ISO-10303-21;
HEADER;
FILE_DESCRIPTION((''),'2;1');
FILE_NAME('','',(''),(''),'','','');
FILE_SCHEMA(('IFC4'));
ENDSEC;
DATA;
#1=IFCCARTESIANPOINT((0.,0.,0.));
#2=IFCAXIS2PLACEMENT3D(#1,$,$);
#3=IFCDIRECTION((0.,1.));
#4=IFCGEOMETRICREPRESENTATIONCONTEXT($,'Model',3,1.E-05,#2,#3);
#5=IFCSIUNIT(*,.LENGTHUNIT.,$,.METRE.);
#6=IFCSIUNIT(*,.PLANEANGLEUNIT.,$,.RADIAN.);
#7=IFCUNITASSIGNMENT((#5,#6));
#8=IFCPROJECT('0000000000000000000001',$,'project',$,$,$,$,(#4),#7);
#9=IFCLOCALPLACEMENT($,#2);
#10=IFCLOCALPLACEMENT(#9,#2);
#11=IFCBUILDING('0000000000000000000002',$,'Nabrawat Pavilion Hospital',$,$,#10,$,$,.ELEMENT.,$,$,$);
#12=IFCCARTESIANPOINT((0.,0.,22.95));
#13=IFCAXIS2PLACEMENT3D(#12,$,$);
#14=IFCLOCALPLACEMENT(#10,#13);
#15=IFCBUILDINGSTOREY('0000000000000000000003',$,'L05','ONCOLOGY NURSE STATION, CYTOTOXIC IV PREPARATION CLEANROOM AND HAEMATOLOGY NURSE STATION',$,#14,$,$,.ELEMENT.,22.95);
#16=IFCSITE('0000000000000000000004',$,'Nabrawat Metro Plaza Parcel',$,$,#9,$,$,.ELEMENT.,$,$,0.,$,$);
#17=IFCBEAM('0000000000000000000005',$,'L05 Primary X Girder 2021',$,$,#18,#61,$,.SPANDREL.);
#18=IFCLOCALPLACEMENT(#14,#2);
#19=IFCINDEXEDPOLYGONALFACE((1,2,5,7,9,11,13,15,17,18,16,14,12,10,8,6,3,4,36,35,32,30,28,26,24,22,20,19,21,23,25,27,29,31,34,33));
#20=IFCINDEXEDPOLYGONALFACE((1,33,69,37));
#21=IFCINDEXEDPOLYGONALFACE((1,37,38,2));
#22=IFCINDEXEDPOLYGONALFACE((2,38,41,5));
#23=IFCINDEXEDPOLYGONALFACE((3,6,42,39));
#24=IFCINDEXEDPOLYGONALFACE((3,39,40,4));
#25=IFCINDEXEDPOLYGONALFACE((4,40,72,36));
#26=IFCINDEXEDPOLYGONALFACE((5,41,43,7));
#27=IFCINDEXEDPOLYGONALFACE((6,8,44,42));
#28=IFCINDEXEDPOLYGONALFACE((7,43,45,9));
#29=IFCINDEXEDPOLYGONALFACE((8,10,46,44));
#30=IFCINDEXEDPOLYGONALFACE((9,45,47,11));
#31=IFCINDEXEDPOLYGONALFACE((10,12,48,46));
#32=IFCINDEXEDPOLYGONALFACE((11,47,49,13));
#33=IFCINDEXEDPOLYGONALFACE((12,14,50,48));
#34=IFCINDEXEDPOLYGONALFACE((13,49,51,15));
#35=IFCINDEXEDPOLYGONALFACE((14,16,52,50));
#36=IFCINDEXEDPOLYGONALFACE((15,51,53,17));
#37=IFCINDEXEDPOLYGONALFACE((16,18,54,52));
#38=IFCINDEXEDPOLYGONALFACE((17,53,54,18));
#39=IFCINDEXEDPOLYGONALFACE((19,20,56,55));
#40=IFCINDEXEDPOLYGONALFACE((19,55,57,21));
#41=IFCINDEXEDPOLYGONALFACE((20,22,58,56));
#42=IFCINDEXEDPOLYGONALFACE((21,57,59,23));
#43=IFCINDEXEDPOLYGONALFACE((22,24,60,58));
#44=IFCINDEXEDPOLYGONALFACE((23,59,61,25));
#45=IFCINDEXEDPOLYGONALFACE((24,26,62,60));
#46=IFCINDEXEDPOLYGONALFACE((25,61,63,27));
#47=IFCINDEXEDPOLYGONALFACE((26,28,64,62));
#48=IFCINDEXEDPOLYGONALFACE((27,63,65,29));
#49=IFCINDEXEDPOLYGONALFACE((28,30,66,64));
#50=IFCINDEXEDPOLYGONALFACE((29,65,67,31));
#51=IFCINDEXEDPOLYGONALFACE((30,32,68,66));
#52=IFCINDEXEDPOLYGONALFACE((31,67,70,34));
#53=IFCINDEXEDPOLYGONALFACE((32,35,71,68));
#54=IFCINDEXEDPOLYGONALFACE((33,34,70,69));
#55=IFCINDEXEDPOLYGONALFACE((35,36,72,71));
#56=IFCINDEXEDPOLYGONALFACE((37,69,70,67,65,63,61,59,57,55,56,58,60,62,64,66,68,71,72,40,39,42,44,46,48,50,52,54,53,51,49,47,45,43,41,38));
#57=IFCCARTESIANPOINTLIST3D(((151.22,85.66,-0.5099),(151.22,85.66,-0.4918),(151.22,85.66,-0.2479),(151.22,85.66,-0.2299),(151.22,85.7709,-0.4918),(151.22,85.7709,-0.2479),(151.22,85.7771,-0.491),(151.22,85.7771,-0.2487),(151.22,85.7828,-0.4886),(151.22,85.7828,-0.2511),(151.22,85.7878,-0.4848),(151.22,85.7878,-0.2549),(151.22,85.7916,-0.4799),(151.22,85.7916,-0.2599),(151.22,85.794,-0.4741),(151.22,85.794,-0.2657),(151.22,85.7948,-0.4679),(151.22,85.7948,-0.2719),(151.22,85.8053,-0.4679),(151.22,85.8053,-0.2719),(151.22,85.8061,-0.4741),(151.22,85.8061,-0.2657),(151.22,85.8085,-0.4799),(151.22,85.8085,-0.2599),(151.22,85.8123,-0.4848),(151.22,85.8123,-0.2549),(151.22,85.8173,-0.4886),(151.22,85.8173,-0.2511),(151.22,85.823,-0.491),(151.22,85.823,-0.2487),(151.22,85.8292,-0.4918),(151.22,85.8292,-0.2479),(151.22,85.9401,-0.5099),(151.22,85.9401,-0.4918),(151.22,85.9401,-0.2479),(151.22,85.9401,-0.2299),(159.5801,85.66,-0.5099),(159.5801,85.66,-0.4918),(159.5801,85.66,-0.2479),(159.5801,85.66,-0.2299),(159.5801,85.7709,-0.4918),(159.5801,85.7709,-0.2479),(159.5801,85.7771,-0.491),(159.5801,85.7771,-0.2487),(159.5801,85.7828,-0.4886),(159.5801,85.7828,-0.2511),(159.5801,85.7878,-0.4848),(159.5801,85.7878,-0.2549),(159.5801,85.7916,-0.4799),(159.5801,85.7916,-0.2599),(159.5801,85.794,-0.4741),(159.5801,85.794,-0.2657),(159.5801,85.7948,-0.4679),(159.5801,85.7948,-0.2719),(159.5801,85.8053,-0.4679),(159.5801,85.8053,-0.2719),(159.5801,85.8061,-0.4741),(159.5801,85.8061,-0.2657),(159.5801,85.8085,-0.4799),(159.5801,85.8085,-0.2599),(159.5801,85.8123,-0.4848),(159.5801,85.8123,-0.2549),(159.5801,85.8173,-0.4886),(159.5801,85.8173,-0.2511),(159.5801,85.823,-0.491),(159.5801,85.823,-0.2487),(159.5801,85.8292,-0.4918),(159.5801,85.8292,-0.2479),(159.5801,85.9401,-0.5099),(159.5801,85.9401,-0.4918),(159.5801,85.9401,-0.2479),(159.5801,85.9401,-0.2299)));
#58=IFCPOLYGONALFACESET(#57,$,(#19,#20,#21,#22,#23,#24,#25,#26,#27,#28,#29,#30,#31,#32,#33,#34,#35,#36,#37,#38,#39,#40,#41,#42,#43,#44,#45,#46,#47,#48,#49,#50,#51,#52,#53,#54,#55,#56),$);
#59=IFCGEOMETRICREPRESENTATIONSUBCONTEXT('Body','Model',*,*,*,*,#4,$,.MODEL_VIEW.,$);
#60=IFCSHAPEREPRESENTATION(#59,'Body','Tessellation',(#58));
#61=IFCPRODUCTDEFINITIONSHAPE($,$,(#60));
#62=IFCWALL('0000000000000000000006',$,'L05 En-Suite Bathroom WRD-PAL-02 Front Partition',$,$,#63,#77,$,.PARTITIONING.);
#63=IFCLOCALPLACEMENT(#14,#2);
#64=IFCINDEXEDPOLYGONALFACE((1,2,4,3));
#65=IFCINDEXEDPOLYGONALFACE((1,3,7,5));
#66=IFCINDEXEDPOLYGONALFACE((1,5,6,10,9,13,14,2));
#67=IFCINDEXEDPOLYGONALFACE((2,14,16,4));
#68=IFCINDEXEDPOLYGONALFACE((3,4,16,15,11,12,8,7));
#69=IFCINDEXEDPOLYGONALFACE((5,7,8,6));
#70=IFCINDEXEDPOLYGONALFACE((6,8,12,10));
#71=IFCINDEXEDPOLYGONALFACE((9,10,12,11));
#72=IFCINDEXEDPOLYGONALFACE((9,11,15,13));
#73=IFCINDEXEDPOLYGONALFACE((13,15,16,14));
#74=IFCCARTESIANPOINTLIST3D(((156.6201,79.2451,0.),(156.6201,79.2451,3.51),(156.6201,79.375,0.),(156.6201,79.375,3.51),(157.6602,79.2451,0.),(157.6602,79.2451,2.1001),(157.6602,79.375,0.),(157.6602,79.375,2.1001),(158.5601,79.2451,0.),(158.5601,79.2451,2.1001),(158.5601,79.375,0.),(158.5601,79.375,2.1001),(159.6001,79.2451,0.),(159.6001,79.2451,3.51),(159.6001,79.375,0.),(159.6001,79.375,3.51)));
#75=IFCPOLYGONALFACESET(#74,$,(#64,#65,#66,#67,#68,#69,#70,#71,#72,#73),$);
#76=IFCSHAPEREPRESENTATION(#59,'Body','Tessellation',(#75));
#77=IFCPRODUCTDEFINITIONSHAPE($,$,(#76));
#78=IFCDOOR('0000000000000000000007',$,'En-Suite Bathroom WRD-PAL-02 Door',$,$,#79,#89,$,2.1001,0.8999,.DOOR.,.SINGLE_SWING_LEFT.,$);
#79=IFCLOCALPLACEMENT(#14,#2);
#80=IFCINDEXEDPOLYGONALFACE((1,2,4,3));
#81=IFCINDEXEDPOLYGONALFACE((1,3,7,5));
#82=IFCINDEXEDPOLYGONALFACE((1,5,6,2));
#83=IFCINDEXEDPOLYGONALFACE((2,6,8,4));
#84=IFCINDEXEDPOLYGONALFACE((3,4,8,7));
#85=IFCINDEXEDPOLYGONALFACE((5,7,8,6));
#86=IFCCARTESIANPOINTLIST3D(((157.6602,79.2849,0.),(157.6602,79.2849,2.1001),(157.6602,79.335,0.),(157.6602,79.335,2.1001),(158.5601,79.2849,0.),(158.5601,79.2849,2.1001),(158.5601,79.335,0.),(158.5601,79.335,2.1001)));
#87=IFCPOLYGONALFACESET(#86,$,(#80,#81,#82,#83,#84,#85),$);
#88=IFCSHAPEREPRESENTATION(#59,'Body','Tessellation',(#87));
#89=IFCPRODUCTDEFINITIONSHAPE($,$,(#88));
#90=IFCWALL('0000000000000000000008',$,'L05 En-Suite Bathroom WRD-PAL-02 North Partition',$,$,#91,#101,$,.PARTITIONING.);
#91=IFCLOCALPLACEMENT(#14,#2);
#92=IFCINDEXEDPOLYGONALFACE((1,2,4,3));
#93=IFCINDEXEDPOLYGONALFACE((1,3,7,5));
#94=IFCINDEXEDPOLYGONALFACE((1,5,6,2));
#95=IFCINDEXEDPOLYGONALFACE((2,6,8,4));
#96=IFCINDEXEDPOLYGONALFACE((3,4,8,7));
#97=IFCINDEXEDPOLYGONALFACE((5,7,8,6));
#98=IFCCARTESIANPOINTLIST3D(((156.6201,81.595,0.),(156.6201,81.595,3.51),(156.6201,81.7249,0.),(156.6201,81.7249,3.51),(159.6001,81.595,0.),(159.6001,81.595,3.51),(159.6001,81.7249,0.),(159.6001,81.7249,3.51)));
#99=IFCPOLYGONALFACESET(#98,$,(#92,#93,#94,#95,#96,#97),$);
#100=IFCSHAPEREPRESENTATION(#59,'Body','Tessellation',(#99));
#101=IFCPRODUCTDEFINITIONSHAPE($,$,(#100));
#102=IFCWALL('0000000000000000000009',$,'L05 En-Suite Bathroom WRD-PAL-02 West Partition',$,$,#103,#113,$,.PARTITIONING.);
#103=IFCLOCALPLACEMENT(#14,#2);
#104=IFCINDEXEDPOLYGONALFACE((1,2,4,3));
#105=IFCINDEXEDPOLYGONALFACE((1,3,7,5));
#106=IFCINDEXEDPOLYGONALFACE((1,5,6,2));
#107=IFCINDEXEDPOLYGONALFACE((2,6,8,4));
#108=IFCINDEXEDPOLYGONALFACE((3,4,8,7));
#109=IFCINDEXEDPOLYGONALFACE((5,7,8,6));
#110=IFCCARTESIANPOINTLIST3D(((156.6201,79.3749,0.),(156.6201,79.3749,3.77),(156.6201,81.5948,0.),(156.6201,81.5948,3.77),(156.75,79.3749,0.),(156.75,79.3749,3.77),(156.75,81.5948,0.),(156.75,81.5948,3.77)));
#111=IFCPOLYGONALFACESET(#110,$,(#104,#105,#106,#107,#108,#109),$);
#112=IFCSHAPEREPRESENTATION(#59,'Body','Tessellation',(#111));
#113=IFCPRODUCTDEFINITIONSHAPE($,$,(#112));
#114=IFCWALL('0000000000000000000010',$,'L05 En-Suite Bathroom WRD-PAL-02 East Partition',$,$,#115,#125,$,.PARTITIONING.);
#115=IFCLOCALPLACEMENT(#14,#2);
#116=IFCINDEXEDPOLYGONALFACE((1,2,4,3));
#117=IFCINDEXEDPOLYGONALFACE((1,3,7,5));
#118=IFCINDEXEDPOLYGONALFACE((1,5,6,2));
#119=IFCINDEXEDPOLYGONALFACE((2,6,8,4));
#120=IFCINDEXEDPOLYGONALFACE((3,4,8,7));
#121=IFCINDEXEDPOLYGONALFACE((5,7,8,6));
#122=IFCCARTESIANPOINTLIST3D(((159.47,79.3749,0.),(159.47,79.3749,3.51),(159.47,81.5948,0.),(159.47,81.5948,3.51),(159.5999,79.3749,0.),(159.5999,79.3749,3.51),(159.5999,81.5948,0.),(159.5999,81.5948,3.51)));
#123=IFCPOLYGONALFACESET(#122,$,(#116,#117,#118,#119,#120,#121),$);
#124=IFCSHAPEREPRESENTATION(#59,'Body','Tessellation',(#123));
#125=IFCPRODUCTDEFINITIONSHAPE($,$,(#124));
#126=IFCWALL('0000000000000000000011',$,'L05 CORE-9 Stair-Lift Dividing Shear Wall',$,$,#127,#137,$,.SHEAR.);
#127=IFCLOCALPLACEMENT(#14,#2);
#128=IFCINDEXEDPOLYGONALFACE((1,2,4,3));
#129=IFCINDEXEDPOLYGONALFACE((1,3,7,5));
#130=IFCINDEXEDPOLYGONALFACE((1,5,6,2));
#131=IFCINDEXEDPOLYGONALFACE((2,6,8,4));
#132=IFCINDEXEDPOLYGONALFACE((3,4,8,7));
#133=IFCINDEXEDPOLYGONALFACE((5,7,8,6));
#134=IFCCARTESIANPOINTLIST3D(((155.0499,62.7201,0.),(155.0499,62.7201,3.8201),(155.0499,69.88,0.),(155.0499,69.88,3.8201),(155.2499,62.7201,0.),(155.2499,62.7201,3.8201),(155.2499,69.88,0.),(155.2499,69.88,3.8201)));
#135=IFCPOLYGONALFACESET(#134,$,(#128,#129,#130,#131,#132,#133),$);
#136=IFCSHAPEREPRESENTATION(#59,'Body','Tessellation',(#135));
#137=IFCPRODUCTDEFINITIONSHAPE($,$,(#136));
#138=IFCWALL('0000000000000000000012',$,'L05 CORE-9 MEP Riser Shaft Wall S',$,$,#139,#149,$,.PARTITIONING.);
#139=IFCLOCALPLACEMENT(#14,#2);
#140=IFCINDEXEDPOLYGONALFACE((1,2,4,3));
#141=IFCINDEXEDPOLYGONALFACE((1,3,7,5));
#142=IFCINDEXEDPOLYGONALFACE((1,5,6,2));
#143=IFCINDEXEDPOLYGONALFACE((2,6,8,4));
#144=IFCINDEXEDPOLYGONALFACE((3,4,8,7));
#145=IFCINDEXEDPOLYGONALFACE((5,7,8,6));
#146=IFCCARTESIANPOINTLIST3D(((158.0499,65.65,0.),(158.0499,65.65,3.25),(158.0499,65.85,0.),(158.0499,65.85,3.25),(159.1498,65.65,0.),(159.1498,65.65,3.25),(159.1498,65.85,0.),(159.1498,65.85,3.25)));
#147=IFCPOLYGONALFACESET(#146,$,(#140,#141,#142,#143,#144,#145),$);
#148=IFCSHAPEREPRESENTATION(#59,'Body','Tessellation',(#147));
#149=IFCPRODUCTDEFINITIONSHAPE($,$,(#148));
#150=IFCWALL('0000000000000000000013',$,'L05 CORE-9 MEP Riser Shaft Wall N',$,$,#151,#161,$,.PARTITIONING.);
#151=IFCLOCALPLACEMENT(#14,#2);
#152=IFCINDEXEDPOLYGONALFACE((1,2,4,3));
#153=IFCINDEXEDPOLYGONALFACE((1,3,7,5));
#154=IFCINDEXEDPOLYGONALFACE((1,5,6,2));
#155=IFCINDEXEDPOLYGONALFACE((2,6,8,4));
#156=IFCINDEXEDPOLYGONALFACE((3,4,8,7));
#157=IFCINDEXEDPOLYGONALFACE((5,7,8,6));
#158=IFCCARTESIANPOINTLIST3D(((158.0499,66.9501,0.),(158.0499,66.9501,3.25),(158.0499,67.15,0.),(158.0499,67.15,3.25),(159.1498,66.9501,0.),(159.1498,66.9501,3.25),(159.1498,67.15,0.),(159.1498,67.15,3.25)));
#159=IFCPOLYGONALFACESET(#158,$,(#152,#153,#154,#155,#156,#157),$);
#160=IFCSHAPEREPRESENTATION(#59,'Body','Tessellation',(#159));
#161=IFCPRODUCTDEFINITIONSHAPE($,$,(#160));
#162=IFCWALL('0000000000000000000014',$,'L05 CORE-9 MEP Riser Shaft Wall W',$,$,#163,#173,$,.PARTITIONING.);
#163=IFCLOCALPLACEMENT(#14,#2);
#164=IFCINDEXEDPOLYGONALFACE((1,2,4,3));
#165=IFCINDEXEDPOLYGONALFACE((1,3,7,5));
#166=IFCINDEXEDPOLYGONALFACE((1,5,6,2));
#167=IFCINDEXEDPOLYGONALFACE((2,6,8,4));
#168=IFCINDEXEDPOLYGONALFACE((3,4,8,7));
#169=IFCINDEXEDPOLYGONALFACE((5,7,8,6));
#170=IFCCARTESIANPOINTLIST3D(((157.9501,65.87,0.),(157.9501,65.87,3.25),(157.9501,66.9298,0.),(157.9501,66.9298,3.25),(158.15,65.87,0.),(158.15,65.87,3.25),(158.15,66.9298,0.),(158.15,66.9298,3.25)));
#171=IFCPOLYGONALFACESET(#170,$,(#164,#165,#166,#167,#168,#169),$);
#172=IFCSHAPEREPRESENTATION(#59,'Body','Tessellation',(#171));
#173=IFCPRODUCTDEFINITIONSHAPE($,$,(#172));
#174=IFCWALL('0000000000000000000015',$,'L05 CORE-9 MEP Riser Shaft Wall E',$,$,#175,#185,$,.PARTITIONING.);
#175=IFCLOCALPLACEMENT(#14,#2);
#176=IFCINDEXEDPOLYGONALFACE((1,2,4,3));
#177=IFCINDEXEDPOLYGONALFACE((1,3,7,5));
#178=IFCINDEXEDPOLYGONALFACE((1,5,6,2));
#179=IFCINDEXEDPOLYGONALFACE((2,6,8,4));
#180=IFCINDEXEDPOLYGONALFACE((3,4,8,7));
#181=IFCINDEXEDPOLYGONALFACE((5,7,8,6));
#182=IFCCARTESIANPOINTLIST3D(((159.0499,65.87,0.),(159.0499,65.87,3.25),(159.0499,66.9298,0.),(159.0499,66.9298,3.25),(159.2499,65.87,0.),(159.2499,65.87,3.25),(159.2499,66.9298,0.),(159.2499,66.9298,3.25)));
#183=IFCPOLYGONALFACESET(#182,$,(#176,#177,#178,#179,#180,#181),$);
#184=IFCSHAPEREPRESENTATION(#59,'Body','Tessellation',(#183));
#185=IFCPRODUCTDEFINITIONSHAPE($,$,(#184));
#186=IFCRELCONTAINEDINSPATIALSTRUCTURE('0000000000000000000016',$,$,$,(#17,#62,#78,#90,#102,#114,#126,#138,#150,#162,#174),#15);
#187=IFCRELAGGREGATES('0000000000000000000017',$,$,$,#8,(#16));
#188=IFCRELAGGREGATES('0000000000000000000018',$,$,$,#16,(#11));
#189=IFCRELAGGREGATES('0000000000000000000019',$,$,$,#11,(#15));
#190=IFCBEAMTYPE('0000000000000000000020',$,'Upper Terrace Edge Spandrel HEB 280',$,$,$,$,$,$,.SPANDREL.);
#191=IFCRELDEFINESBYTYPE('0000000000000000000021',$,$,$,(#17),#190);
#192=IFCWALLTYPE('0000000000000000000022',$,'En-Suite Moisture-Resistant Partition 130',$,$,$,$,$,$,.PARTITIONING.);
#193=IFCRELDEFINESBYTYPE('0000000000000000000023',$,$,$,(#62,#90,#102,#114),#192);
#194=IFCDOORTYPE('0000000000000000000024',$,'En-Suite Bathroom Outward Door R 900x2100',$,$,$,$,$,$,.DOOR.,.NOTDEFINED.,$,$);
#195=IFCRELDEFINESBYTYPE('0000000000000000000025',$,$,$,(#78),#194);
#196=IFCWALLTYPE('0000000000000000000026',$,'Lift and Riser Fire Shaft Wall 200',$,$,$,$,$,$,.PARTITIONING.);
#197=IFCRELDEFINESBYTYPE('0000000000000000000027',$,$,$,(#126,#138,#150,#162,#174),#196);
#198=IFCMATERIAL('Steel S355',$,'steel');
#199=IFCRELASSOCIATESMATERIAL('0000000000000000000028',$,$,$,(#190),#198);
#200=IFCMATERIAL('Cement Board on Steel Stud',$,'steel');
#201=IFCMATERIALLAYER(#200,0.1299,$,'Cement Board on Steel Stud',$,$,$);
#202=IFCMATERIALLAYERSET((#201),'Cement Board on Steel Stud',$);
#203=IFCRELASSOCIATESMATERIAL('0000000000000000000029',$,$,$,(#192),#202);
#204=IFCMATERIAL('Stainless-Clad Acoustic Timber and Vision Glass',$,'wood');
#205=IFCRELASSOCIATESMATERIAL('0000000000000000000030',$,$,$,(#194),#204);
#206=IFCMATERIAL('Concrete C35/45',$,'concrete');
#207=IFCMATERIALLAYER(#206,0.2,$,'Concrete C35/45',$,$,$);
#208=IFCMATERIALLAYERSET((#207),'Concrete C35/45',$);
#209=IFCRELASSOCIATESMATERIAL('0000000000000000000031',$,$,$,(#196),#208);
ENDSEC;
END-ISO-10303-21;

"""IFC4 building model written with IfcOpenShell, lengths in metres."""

from ifc_helpers import new_model, si_unit, direction, frame, frame_2d, origin, origin_2d, place, context, subcontext, project, spatial, rectangle, i_section, extrude, material, layer, layer_set, material_profile, profile_set, type_object, element, fill, save


model = new_model("IFC4")

# Units and contexts
model_context = context("Model", 3, precision=1e-05, world=origin(), true_north=direction((0.0, 1.0)))
body_context = subcontext(model_context, "Body", "Model", "MODEL_VIEW")
ifc_project = project(units=[si_unit("LENGTHUNIT", "METRE"), si_unit("PLANEANGLEUNIT", "RADIAN")], contexts=[model_context])

# Site, building, storey
site_placement = place(None, origin())
site = spatial("IfcSite", under=ifc_project, at=site_placement, Name="Nabrawat Metro Plaza Parcel", CompositionType="ELEMENT", RefElevation=0.0)
building_placement = place(site_placement, origin())
building = spatial("IfcBuilding", under=site, at=building_placement, Name="Nabrawat Pavilion Hospital", CompositionType="ELEMENT")
storey_placement = place(building_placement, frame((0.0, 0.0, 22.95)))
storey = spatial("IfcBuildingStorey", under=building, at=storey_placement, Name="L05", Description="ONCOLOGY NURSE STATION, CYTOTOXIC IV PREPARATION CLEANROOM AND HAEMATOLOGY NURSE STATION", CompositionType="ELEMENT", Elevation=22.95)

# Beam
ifc_material_1 = material(Name="Steel S355", Category="steel")
ifc_material_profile_1 = material_profile(ifc_material_1, i_section(OverallWidth=0.28, OverallDepth=0.28, WebThickness=0.0105, FlangeThickness=0.0181, FilletRadius=0.0239, at=origin_2d()), Name="HEB 280")
ifc_profile_set_1 = profile_set([ifc_material_profile_1], Name="Steel S355")
beam_type_1 = type_object("IfcBeamType", Name="Upper Terrace Edge Spandrel HEB 280", PredefinedType="SPANDREL", material=ifc_profile_set_1)
beam_placement = place(storey_placement, frame((151.22, 85.8, -0.3699), z_axis=(1.0, 0.0, 0.0), x_axis=(0.0, 1.0, 0.0)))
element("IfcBeam", 1, at=beam_placement, inside=storey, type_object=beam_type_1, Name="L05 Primary X Girder 2021", PredefinedType="SPANDREL", context=body_context, shape_type="SweptSolid", body=[
    extrude(i_section(OverallWidth=0.28, OverallDepth=0.28, WebThickness=0.0105, FlangeThickness=0.0181, FilletRadius=0.0239, at=origin_2d()), origin(), (0.0, 0.0, 1.0), 8.3601),
])

# Wall, opening, door
ifc_material_2 = material(Name="Cement Board on Steel Stud", Category="steel")
ifc_layer_1 = layer(ifc_material_2, 0.1299, Name="Cement Board on Steel Stud")
ifc_layer_set_1 = layer_set([ifc_layer_1], Name="Cement Board on Steel Stud")
wall_type_1 = type_object("IfcWallType", Name="En-Suite Moisture-Resistant Partition 130", PredefinedType="PARTITIONING", material=ifc_layer_set_1)
wall_1_placement = place(storey_placement, frame((156.6201, 79.3101, 0.0), z_axis=(0.0, 0.0, 1.0), x_axis=(1.0, 0.0, 0.0)))
wall_1 = element("IfcWall", 2, at=wall_1_placement, inside=storey, type_object=wall_type_1, Name="L05 En-Suite Bathroom WRD-PAL-02 Front Partition", PredefinedType="PARTITIONING", context=body_context, shape_type="SweptSolid", body=[
    extrude(rectangle(XDim=2.98, YDim=0.1299, at=frame_2d((1.49, 0.0))), origin(), (0.0, 0.0, 1.0), 3.51),
])
opening_placement = place(wall_1_placement, frame((1.04, 0.0, 0.0)))
opening = element("IfcOpeningElement", 3, at=opening_placement, cuts=wall_1, PredefinedType="OPENING", context=body_context, shape_type="SweptSolid", body=[
    extrude(rectangle(XDim=0.8999, YDim=2.1001, at=frame_2d((0.45, 1.05))), frame((0.0, 0.075, 0.0), z_axis=(0.0, -1.0, 0.0), x_axis=(1.0, 0.0, 0.0)), (0.0, 0.0, 1.0), 0.1499),
])
ifc_material_3 = material(Name="Stainless-Clad Acoustic Timber and Vision Glass", Category="wood")
door_type = type_object("IfcDoorType", Name="En-Suite Bathroom Outward Door R 900x2100", OperationType="NOTDEFINED", PredefinedType="DOOR", material=ifc_material_3)
door_placement = place(opening_placement, origin())
door = element("IfcDoor", 4, at=door_placement, inside=storey, type_object=door_type, Name="En-Suite Bathroom WRD-PAL-02 Door", OperationType="SINGLE_SWING_LEFT", OverallHeight=2.1001, OverallWidth=0.8999, PredefinedType="DOOR", context=body_context, shape_type="SweptSolid", body=[
    extrude(rectangle(XDim=0.8999, YDim=2.1001, at=frame_2d((0.45, 1.05))), frame((0.0, 0.0249, 0.0), z_axis=(0.0, -1.0, 0.0), x_axis=(1.0, 0.0, 0.0)), (0.0, 0.0, 1.0), 0.05),
])
fill(opening, door)

# Walls
wall_2_placement = place(storey_placement, frame((156.6201, 81.6599, 0.0), z_axis=(0.0, 0.0, 1.0), x_axis=(1.0, 0.0, 0.0)))
element("IfcWall", 5, at=wall_2_placement, inside=storey, type_object=wall_type_1, Name="L05 En-Suite Bathroom WRD-PAL-02 North Partition", PredefinedType="PARTITIONING", context=body_context, shape_type="SweptSolid", body=[
    extrude(rectangle(XDim=2.98, YDim=0.1299, at=frame_2d((1.49, 0.0))), origin(), (0.0, 0.0, 1.0), 3.51),
])
wall_3_placement = place(storey_placement, frame((156.6851, 79.375, 0.0), z_axis=(0.0, 0.0, 1.0), x_axis=(0.0, 1.0, 0.0)))
element("IfcWall", 6, at=wall_3_placement, inside=storey, type_object=wall_type_1, Name="L05 En-Suite Bathroom WRD-PAL-02 West Partition", PredefinedType="PARTITIONING", context=body_context, shape_type="SweptSolid", body=[
    extrude(rectangle(XDim=2.22, YDim=0.1299, at=frame_2d((1.1099, 0.0))), origin(), (0.0, 0.0, 1.0), 3.77),
])
wall_4_placement = place(storey_placement, frame((159.5349, 79.375, 0.0), z_axis=(0.0, 0.0, 1.0), x_axis=(0.0, 1.0, 0.0)))
element("IfcWall", 7, at=wall_4_placement, inside=storey, type_object=wall_type_1, Name="L05 En-Suite Bathroom WRD-PAL-02 East Partition", PredefinedType="PARTITIONING", context=body_context, shape_type="SweptSolid", body=[
    extrude(rectangle(XDim=2.22, YDim=0.1299, at=frame_2d((1.1099, 0.0))), origin(), (0.0, 0.0, 1.0), 3.51),
])
ifc_material_4 = material(Name="Concrete C35/45", Category="concrete")
ifc_layer_2 = layer(ifc_material_4, 0.2, Name="Concrete C35/45")
ifc_layer_set_2 = layer_set([ifc_layer_2], Name="Concrete C35/45")
wall_type_2 = type_object("IfcWallType", Name="Lift and Riser Fire Shaft Wall 200", PredefinedType="PARTITIONING", material=ifc_layer_set_2)
wall_5_placement = place(storey_placement, frame((155.1499, 62.72, 0.0), z_axis=(0.0, 0.0, 1.0), x_axis=(0.0, 1.0, 0.0)))
element("IfcWall", 8, at=wall_5_placement, inside=storey, type_object=wall_type_2, Name="L05 CORE-9 Stair-Lift Dividing Shear Wall", PredefinedType="SHEAR", context=body_context, shape_type="SweptSolid", body=[
    extrude(rectangle(XDim=7.1599, YDim=0.2, at=frame_2d((3.5801, 0.0))), origin(), (0.0, 0.0, 1.0), 3.8201),
])
for number, where, z_axis, x_axis, name in (
    (9, (158.05, 65.75, 0.0), (0.0, 0.0, 1.0), (1.0, 0.0, 0.0), "L05 CORE-9 MEP Riser Shaft Wall S"),
    (10, (158.05, 67.05, 0.0), (0.0, 0.0, 1.0), (1.0, 0.0, 0.0), "L05 CORE-9 MEP Riser Shaft Wall N"),
):
    element("IfcWall", number, at=place(storey_placement, frame(where, z_axis=z_axis, x_axis=x_axis)), inside=storey, type_object=wall_type_2, Name=name, PredefinedType="PARTITIONING", context=body_context, shape_type="SweptSolid", body=[
        extrude(rectangle(XDim=1.0999, YDim=0.2, at=frame_2d((0.5498, 0.0))), origin(), (0.0, 0.0, 1.0), 3.25),
    ])
for number, where, z_axis, x_axis, name in (
    (11, (158.05, 65.8701, 0.0), (0.0, 0.0, 1.0), (0.0, 1.0, 0.0), "L05 CORE-9 MEP Riser Shaft Wall W"),
    (12, (159.1499, 65.8701, 0.0), (0.0, 0.0, 1.0), (0.0, 1.0, 0.0), "L05 CORE-9 MEP Riser Shaft Wall E"),
):
    element("IfcWall", number, at=place(storey_placement, frame(where, z_axis=z_axis, x_axis=x_axis)), inside=storey, type_object=wall_type_2, Name=name, PredefinedType="PARTITIONING", context=body_context, shape_type="SweptSolid", body=[
        extrude(rectangle(XDim=1.0598, YDim=0.2, at=frame_2d((0.5298, 0.0))), origin(), (0.0, 0.0, 1.0), 3.25),
    ])

save(model, "model.ifc")
